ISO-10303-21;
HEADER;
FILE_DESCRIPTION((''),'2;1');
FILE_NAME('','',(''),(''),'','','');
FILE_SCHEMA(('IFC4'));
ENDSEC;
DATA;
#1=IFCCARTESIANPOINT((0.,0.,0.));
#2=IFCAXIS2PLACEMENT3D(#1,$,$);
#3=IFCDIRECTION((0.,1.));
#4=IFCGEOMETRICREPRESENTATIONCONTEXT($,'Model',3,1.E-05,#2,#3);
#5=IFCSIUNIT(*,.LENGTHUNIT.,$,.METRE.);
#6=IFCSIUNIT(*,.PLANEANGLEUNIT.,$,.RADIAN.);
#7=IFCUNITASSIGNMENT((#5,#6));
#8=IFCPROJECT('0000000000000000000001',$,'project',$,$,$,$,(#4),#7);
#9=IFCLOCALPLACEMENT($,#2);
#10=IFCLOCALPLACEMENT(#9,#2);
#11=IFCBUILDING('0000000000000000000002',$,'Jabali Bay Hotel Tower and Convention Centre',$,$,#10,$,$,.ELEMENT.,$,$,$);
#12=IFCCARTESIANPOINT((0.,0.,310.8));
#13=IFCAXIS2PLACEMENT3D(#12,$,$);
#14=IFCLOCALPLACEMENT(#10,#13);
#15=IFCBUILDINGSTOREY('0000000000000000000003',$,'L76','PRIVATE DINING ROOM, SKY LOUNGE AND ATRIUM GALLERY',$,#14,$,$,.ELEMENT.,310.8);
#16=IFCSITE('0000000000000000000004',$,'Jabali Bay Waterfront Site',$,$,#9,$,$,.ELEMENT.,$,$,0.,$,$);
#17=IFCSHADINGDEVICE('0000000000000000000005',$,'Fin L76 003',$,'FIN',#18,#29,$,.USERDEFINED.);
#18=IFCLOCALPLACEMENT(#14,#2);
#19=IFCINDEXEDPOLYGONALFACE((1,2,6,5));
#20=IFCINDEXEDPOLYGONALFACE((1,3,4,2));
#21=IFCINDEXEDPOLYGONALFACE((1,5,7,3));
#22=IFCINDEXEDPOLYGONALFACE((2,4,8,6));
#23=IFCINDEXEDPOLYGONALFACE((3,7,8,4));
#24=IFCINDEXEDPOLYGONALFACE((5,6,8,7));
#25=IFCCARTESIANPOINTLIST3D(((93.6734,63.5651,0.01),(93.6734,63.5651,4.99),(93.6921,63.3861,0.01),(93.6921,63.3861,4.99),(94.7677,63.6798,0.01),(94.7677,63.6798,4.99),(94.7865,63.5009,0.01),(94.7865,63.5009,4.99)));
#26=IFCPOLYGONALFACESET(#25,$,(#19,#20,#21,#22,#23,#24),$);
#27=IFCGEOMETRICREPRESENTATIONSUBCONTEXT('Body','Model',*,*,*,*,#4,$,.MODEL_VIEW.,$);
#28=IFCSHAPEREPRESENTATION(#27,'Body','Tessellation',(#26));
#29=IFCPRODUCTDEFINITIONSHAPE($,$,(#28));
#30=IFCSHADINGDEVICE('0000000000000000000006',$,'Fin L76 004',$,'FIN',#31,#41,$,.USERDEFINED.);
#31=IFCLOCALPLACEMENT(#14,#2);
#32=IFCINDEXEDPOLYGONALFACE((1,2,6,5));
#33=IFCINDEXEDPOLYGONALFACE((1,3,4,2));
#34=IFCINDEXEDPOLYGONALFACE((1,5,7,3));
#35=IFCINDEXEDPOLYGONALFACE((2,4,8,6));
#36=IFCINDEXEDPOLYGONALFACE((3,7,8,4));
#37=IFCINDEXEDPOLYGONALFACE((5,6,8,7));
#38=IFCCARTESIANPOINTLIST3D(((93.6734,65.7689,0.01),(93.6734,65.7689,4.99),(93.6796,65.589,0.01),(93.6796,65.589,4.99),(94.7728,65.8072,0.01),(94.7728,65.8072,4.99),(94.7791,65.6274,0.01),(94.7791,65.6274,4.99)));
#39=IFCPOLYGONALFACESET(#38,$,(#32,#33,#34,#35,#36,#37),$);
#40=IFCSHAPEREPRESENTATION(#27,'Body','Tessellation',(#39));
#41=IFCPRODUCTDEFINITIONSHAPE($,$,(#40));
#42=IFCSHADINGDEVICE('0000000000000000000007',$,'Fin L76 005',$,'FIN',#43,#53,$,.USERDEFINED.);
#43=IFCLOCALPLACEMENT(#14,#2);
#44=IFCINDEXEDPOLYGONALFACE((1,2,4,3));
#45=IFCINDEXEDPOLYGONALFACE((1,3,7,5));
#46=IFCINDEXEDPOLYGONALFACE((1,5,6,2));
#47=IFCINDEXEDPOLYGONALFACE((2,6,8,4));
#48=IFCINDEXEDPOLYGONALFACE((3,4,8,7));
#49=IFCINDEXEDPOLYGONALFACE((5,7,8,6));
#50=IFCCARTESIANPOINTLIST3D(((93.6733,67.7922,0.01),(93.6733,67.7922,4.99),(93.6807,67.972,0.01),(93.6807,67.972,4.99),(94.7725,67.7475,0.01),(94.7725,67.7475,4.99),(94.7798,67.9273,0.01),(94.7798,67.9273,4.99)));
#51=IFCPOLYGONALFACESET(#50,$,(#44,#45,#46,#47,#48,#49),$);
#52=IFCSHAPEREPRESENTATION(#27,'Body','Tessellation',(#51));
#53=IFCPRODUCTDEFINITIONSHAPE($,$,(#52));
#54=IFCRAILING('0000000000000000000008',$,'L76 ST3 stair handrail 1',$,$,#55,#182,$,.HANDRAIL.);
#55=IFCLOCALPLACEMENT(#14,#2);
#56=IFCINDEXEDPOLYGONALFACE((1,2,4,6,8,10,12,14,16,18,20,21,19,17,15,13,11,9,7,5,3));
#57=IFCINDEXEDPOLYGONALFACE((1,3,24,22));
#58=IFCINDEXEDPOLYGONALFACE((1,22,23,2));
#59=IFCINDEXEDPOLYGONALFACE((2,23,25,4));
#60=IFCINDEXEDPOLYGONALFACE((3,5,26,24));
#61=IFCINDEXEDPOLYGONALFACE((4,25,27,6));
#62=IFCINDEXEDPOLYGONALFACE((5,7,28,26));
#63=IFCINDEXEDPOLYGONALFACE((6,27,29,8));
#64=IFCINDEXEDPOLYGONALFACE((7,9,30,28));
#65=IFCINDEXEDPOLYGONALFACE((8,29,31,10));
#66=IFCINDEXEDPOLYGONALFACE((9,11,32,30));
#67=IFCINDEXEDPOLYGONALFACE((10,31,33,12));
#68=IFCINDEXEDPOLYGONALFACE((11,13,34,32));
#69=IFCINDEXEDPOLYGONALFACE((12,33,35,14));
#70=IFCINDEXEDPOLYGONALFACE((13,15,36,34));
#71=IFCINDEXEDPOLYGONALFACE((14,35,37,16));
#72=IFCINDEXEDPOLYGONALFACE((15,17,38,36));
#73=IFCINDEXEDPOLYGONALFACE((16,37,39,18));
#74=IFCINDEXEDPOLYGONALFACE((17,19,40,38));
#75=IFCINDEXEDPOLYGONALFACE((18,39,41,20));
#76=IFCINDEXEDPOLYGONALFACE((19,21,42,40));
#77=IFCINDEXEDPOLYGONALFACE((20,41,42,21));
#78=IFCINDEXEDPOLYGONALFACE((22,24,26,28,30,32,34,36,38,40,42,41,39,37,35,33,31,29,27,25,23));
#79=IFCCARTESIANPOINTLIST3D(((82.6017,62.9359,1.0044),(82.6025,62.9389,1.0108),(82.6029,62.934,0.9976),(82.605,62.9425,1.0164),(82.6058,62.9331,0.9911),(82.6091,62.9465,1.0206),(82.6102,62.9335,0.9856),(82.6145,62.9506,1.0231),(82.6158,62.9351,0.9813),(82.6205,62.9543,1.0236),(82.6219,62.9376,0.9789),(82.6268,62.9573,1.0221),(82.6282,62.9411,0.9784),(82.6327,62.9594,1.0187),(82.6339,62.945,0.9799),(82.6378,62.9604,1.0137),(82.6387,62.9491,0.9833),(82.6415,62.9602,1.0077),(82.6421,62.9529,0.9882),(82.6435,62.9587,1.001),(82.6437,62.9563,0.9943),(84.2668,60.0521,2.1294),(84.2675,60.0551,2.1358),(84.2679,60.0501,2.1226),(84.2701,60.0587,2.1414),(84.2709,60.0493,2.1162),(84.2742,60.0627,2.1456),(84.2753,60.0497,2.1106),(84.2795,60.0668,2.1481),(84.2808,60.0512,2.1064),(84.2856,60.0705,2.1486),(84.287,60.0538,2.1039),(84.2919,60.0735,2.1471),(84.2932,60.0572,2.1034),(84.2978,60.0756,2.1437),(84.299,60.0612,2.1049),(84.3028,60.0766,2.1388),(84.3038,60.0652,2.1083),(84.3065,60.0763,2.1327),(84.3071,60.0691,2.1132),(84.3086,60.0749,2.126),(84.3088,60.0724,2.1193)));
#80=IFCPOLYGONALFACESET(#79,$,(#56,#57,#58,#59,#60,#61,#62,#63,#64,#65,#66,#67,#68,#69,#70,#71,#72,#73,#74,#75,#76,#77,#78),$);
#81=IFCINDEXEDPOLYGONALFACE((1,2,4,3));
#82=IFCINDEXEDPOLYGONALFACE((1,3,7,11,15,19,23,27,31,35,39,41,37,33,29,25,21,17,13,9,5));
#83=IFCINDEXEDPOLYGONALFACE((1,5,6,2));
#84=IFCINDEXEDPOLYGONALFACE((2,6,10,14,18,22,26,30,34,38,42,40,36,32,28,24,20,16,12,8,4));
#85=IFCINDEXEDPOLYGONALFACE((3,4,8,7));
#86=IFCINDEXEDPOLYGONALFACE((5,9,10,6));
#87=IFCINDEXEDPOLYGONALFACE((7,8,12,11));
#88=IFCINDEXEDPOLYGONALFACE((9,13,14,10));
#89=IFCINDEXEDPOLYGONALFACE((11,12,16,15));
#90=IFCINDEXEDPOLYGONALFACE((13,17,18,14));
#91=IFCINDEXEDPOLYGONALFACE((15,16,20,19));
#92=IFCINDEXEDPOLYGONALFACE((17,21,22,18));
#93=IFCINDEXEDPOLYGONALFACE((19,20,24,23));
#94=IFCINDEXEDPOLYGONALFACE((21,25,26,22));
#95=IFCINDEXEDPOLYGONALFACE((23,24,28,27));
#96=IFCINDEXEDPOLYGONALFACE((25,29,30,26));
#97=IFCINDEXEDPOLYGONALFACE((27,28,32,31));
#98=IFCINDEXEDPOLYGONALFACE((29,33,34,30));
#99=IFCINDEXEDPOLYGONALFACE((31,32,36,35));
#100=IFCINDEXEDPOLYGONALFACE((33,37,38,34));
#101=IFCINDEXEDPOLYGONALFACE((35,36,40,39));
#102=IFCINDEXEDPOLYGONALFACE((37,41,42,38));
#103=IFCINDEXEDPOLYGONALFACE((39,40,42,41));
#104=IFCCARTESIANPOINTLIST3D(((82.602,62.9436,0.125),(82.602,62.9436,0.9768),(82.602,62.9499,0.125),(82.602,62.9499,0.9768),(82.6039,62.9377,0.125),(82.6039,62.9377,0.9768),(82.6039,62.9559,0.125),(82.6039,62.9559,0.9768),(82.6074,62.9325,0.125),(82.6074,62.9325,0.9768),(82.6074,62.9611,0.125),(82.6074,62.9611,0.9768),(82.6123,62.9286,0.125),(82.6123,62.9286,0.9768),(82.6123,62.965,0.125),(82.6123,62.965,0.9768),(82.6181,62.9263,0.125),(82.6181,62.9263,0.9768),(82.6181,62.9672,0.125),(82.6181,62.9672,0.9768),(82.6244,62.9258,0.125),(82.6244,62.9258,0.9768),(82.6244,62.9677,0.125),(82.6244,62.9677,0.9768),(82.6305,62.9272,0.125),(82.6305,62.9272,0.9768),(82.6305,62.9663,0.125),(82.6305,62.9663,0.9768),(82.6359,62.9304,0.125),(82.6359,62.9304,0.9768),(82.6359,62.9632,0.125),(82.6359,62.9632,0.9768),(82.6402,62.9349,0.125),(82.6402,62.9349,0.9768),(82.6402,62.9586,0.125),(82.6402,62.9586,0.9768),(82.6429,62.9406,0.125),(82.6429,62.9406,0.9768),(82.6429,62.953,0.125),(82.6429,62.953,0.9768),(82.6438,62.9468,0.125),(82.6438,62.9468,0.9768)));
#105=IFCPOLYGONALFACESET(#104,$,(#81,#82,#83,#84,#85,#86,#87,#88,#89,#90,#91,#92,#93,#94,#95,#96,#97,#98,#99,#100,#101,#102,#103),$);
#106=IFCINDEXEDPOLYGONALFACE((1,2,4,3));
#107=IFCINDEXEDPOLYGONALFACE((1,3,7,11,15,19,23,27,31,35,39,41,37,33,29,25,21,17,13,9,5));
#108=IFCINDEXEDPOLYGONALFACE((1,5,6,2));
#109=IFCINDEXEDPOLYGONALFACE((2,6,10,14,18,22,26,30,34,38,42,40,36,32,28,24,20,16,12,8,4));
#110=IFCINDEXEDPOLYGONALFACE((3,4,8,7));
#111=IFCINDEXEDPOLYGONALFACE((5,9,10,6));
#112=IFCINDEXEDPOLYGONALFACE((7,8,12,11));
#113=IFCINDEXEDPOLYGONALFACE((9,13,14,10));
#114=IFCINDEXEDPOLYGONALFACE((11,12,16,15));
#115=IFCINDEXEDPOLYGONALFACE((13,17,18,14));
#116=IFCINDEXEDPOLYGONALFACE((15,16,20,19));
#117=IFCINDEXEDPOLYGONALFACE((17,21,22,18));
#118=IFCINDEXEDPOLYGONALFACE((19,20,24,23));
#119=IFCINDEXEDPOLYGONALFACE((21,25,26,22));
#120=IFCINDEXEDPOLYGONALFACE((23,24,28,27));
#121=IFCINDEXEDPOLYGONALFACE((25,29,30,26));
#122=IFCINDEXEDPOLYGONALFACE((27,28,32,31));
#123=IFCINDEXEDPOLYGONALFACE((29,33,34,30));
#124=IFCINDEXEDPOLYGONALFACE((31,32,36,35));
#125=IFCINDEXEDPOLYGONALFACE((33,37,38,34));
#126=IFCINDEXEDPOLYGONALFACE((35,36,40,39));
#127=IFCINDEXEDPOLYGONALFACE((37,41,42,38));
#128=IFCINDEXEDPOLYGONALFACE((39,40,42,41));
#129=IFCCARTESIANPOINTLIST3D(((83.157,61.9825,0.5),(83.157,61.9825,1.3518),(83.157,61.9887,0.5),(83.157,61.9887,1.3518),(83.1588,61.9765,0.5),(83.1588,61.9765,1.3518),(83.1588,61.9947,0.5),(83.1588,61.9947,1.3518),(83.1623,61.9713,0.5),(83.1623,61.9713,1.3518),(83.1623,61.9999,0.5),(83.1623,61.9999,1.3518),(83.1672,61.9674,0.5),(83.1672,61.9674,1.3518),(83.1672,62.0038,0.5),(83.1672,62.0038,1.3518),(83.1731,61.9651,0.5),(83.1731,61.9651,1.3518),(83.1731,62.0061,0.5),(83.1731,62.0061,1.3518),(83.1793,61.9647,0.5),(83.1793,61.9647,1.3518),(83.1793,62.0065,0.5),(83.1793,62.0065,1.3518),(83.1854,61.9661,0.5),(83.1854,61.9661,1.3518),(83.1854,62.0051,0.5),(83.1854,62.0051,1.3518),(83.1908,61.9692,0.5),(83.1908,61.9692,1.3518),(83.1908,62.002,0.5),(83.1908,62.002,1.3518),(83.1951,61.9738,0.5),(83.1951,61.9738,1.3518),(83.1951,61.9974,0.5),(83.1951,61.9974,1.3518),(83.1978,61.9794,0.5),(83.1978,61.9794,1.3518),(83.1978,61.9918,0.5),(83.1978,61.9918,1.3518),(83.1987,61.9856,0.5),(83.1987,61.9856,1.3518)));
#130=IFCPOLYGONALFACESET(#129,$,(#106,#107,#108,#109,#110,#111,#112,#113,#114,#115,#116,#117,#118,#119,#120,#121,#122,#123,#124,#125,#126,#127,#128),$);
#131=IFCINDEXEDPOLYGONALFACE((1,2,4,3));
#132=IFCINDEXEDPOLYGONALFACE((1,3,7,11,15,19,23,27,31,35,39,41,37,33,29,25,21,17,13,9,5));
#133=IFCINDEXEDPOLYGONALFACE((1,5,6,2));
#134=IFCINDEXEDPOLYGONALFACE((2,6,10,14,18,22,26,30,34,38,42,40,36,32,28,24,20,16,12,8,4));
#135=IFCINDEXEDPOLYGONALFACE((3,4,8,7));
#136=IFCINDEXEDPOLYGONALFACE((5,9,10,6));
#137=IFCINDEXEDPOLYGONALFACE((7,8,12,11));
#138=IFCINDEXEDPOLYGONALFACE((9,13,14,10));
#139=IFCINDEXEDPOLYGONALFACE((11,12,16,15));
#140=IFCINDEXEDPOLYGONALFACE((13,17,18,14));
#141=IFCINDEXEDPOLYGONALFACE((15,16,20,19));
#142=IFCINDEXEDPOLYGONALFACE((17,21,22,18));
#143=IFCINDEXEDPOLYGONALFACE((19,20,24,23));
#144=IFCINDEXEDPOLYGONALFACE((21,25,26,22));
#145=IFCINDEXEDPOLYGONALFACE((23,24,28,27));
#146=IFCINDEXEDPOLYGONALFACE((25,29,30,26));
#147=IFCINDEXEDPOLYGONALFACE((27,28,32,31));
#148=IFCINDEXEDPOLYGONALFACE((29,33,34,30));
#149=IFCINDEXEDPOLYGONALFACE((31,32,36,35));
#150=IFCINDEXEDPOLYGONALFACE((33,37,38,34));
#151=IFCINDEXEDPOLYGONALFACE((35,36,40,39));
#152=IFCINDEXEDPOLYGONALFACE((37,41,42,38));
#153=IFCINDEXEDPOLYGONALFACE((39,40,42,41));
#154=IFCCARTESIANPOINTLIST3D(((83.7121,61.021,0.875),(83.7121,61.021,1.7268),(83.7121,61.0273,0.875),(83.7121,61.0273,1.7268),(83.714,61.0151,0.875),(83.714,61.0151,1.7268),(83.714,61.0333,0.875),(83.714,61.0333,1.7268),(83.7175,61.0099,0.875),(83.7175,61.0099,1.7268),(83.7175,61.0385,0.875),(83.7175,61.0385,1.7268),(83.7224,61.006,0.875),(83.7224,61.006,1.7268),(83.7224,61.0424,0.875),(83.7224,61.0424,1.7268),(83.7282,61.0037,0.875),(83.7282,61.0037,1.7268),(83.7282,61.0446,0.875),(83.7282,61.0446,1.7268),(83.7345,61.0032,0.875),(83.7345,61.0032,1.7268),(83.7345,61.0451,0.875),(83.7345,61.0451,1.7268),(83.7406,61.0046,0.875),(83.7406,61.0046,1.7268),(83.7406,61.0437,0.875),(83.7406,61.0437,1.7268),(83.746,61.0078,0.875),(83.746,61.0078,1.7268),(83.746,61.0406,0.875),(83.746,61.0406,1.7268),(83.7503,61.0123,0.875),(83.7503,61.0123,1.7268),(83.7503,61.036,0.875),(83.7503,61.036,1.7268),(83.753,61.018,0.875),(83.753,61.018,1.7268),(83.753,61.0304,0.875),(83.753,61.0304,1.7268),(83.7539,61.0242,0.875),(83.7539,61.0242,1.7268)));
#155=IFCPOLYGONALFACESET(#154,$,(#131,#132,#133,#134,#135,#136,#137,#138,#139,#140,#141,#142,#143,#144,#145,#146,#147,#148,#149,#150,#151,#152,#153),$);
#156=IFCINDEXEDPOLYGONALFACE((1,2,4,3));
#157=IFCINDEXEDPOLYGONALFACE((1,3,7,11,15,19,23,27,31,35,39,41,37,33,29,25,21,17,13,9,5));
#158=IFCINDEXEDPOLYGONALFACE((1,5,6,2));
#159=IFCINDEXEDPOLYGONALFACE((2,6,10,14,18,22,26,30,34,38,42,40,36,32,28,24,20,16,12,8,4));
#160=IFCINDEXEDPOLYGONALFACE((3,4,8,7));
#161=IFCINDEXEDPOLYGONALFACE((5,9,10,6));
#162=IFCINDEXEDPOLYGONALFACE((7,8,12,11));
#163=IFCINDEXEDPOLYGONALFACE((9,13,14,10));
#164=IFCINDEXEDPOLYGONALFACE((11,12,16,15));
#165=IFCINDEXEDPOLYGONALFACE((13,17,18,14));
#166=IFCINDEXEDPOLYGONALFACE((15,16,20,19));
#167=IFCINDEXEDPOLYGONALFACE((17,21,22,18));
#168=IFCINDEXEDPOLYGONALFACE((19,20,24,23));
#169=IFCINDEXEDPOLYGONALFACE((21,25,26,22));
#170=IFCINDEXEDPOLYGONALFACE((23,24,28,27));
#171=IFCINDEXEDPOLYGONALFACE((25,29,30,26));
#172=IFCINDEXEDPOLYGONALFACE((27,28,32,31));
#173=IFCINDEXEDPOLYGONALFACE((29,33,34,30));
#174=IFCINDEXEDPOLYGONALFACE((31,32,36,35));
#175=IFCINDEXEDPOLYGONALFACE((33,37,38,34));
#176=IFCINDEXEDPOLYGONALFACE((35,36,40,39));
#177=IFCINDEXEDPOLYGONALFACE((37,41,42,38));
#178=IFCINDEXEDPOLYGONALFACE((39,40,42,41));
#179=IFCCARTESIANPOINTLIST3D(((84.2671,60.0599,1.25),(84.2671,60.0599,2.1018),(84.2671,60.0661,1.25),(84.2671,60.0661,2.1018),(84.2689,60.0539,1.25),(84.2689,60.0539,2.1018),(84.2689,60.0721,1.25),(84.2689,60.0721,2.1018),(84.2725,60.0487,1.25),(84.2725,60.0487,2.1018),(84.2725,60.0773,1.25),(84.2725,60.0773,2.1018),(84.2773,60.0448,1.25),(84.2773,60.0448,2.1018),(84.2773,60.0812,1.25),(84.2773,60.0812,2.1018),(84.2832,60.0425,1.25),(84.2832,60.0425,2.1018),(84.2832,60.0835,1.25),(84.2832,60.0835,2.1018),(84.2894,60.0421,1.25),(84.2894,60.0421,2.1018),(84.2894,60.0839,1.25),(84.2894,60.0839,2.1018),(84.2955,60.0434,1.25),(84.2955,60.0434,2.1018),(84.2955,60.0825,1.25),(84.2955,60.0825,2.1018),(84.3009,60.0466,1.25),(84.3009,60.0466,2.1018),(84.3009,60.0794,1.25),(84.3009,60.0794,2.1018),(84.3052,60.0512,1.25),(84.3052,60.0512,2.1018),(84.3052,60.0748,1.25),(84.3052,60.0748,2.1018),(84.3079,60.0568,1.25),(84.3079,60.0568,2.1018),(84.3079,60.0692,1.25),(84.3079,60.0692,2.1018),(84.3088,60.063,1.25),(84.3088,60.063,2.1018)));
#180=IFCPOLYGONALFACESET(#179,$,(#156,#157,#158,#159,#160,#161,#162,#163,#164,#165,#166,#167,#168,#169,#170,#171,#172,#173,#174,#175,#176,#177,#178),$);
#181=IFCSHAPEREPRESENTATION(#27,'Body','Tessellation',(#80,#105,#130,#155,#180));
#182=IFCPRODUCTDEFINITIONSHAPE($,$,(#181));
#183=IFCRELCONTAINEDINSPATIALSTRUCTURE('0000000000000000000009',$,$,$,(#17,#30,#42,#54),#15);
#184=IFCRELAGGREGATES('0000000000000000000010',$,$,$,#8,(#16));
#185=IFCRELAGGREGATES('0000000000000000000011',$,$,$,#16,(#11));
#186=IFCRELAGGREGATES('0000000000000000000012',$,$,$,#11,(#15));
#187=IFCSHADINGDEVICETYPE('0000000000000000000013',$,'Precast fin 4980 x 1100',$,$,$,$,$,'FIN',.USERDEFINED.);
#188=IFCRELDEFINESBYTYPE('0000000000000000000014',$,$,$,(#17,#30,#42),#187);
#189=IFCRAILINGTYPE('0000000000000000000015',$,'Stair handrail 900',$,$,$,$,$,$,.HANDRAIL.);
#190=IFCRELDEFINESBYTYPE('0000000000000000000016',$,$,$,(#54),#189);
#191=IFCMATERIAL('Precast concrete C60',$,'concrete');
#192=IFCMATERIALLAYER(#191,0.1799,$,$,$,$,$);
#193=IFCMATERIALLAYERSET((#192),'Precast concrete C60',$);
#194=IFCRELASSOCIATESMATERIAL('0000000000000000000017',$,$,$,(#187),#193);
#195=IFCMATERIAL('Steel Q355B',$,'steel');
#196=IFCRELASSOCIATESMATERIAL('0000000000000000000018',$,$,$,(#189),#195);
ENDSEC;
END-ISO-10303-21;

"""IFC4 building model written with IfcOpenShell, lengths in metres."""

from ifc_helpers import new_model, si_unit, direction, frame, frame_2d, origin, origin_2d, place, context, subcontext, project, spatial, rectangle, circle, extrude, material, layer, layer_set, type_object, element, save


model = new_model("IFC4")

# Units and contexts
model_context = context("Model", 3, precision=1e-05, world=origin(), true_north=direction((0.0, 1.0)))
body_context = subcontext(model_context, "Body", "Model", "MODEL_VIEW")
ifc_project = project(units=[si_unit("LENGTHUNIT", "METRE"), si_unit("PLANEANGLEUNIT", "RADIAN")], contexts=[model_context])

# Site, building, storey
site_placement = place(None, origin())
site = spatial("IfcSite", under=ifc_project, at=site_placement, Name="Jabali Bay Waterfront Site", CompositionType="ELEMENT", RefElevation=0.0)
building_placement = place(site_placement, origin())
building = spatial("IfcBuilding", under=site, at=building_placement, Name="Jabali Bay Hotel Tower and Convention Centre", CompositionType="ELEMENT")
storey_placement = place(building_placement, frame((0.0, 0.0, 310.8)))
storey = spatial("IfcBuildingStorey", under=building, at=storey_placement, Name="L76", Description="PRIVATE DINING ROOM, SKY LOUNGE AND ATRIUM GALLERY", CompositionType="ELEMENT", Elevation=310.8)

# Shading devices
ifc_material_1 = material(Name="Precast concrete C60", Category="concrete")
ifc_layer_1 = layer(ifc_material_1, 0.1799)
ifc_layer_set_1 = layer_set([ifc_layer_1], Name="Precast concrete C60")
shading_device_type = type_object("IfcShadingDeviceType", Name="Precast fin 4980 x 1100", ElementType="FIN", PredefinedType="USERDEFINED", material=ifc_layer_set_1)
shading_device_placement = place(storey_placement, frame((93.6826, 63.4756, 0.01), z_axis=(0.0, 0.0, 1.0), x_axis=(0.994547, 0.104292, 0.0)))
element("IfcShadingDevice", 1, at=shading_device_placement, inside=storey, type_object=shading_device_type, Name="Fin L76 003", ObjectType="FIN", PredefinedType="USERDEFINED", context=body_context, shape_type="SweptSolid", body=[
    extrude(rectangle(XDim=1.1003, YDim=0.1799, at=frame_2d((0.5503, 0.0))), origin(), (0.0, 0.0, 1.0), 4.98),
])
for number, where, z_axis, x_axis, name in (
    (2, (93.6765, 65.679, 0.01), (0.0, 0.0, 1.0), (0.999393, 0.034844, 0.0), "Fin L76 004"),
    (3, (93.677, 67.8821, 0.01), (0.0, 0.0, 1.0), (0.999175, -0.040615, 0.0), "Fin L76 005"),
):
    element("IfcShadingDevice", number, at=place(storey_placement, frame(where, z_axis=z_axis, x_axis=x_axis)), inside=storey, type_object=shading_device_type, Name=name, ObjectType="FIN", PredefinedType="USERDEFINED", context=body_context, shape_type="SweptSolid", body=[
        extrude(rectangle(XDim=1.1001, YDim=0.1799, at=frame_2d((0.55, 0.0))), origin(), (0.0, 0.0, 1.0), 4.98),
    ])

# Railing
ifc_material_2 = material(Name="Steel Q355B", Category="steel")
railing_type_1 = type_object("IfcRailingType", Name="Stair handrail 900", PredefinedType="HANDRAIL", material=ifc_material_2)
railing_1_placement = place(storey_placement, frame((82.6228, 62.9468, 0.125)))
element("IfcRailing", 4, at=railing_1_placement, inside=storey, type_object=railing_type_1, Name="L76 ST3 stair handrail 1", PredefinedType="HANDRAIL", context=body_context, shape_type="SweptSolid", body=[
    extrude(circle(Radius=0.0239, at=origin_2d()), frame((0.0, 0.0, 0.876), z_axis=(0.473715, -0.820457, 0.32007), x_axis=(0.866015, 0.500019, 0.0)), (0.0, 0.0, 1.0), 3.5149),
    extrude(circle(Radius=0.021, at=origin_2d()), origin(), (0.0, 0.0, 1.0), 0.8518),
    extrude(circle(Radius=0.021, at=origin_2d()), frame((0.5549, -0.9612, 0.375)), (0.0, 0.0, 1.0), 0.8518),
    extrude(circle(Radius=0.021, at=origin_2d()), frame((1.1101, -1.9226, 0.75)), (0.0, 0.0, 1.0), 0.8518),
    extrude(circle(Radius=0.021, at=origin_2d()), frame((1.665, -2.8838, 1.125)), (0.0, 0.0, 1.0), 0.8518),
])

save(model, "model.ifc")
